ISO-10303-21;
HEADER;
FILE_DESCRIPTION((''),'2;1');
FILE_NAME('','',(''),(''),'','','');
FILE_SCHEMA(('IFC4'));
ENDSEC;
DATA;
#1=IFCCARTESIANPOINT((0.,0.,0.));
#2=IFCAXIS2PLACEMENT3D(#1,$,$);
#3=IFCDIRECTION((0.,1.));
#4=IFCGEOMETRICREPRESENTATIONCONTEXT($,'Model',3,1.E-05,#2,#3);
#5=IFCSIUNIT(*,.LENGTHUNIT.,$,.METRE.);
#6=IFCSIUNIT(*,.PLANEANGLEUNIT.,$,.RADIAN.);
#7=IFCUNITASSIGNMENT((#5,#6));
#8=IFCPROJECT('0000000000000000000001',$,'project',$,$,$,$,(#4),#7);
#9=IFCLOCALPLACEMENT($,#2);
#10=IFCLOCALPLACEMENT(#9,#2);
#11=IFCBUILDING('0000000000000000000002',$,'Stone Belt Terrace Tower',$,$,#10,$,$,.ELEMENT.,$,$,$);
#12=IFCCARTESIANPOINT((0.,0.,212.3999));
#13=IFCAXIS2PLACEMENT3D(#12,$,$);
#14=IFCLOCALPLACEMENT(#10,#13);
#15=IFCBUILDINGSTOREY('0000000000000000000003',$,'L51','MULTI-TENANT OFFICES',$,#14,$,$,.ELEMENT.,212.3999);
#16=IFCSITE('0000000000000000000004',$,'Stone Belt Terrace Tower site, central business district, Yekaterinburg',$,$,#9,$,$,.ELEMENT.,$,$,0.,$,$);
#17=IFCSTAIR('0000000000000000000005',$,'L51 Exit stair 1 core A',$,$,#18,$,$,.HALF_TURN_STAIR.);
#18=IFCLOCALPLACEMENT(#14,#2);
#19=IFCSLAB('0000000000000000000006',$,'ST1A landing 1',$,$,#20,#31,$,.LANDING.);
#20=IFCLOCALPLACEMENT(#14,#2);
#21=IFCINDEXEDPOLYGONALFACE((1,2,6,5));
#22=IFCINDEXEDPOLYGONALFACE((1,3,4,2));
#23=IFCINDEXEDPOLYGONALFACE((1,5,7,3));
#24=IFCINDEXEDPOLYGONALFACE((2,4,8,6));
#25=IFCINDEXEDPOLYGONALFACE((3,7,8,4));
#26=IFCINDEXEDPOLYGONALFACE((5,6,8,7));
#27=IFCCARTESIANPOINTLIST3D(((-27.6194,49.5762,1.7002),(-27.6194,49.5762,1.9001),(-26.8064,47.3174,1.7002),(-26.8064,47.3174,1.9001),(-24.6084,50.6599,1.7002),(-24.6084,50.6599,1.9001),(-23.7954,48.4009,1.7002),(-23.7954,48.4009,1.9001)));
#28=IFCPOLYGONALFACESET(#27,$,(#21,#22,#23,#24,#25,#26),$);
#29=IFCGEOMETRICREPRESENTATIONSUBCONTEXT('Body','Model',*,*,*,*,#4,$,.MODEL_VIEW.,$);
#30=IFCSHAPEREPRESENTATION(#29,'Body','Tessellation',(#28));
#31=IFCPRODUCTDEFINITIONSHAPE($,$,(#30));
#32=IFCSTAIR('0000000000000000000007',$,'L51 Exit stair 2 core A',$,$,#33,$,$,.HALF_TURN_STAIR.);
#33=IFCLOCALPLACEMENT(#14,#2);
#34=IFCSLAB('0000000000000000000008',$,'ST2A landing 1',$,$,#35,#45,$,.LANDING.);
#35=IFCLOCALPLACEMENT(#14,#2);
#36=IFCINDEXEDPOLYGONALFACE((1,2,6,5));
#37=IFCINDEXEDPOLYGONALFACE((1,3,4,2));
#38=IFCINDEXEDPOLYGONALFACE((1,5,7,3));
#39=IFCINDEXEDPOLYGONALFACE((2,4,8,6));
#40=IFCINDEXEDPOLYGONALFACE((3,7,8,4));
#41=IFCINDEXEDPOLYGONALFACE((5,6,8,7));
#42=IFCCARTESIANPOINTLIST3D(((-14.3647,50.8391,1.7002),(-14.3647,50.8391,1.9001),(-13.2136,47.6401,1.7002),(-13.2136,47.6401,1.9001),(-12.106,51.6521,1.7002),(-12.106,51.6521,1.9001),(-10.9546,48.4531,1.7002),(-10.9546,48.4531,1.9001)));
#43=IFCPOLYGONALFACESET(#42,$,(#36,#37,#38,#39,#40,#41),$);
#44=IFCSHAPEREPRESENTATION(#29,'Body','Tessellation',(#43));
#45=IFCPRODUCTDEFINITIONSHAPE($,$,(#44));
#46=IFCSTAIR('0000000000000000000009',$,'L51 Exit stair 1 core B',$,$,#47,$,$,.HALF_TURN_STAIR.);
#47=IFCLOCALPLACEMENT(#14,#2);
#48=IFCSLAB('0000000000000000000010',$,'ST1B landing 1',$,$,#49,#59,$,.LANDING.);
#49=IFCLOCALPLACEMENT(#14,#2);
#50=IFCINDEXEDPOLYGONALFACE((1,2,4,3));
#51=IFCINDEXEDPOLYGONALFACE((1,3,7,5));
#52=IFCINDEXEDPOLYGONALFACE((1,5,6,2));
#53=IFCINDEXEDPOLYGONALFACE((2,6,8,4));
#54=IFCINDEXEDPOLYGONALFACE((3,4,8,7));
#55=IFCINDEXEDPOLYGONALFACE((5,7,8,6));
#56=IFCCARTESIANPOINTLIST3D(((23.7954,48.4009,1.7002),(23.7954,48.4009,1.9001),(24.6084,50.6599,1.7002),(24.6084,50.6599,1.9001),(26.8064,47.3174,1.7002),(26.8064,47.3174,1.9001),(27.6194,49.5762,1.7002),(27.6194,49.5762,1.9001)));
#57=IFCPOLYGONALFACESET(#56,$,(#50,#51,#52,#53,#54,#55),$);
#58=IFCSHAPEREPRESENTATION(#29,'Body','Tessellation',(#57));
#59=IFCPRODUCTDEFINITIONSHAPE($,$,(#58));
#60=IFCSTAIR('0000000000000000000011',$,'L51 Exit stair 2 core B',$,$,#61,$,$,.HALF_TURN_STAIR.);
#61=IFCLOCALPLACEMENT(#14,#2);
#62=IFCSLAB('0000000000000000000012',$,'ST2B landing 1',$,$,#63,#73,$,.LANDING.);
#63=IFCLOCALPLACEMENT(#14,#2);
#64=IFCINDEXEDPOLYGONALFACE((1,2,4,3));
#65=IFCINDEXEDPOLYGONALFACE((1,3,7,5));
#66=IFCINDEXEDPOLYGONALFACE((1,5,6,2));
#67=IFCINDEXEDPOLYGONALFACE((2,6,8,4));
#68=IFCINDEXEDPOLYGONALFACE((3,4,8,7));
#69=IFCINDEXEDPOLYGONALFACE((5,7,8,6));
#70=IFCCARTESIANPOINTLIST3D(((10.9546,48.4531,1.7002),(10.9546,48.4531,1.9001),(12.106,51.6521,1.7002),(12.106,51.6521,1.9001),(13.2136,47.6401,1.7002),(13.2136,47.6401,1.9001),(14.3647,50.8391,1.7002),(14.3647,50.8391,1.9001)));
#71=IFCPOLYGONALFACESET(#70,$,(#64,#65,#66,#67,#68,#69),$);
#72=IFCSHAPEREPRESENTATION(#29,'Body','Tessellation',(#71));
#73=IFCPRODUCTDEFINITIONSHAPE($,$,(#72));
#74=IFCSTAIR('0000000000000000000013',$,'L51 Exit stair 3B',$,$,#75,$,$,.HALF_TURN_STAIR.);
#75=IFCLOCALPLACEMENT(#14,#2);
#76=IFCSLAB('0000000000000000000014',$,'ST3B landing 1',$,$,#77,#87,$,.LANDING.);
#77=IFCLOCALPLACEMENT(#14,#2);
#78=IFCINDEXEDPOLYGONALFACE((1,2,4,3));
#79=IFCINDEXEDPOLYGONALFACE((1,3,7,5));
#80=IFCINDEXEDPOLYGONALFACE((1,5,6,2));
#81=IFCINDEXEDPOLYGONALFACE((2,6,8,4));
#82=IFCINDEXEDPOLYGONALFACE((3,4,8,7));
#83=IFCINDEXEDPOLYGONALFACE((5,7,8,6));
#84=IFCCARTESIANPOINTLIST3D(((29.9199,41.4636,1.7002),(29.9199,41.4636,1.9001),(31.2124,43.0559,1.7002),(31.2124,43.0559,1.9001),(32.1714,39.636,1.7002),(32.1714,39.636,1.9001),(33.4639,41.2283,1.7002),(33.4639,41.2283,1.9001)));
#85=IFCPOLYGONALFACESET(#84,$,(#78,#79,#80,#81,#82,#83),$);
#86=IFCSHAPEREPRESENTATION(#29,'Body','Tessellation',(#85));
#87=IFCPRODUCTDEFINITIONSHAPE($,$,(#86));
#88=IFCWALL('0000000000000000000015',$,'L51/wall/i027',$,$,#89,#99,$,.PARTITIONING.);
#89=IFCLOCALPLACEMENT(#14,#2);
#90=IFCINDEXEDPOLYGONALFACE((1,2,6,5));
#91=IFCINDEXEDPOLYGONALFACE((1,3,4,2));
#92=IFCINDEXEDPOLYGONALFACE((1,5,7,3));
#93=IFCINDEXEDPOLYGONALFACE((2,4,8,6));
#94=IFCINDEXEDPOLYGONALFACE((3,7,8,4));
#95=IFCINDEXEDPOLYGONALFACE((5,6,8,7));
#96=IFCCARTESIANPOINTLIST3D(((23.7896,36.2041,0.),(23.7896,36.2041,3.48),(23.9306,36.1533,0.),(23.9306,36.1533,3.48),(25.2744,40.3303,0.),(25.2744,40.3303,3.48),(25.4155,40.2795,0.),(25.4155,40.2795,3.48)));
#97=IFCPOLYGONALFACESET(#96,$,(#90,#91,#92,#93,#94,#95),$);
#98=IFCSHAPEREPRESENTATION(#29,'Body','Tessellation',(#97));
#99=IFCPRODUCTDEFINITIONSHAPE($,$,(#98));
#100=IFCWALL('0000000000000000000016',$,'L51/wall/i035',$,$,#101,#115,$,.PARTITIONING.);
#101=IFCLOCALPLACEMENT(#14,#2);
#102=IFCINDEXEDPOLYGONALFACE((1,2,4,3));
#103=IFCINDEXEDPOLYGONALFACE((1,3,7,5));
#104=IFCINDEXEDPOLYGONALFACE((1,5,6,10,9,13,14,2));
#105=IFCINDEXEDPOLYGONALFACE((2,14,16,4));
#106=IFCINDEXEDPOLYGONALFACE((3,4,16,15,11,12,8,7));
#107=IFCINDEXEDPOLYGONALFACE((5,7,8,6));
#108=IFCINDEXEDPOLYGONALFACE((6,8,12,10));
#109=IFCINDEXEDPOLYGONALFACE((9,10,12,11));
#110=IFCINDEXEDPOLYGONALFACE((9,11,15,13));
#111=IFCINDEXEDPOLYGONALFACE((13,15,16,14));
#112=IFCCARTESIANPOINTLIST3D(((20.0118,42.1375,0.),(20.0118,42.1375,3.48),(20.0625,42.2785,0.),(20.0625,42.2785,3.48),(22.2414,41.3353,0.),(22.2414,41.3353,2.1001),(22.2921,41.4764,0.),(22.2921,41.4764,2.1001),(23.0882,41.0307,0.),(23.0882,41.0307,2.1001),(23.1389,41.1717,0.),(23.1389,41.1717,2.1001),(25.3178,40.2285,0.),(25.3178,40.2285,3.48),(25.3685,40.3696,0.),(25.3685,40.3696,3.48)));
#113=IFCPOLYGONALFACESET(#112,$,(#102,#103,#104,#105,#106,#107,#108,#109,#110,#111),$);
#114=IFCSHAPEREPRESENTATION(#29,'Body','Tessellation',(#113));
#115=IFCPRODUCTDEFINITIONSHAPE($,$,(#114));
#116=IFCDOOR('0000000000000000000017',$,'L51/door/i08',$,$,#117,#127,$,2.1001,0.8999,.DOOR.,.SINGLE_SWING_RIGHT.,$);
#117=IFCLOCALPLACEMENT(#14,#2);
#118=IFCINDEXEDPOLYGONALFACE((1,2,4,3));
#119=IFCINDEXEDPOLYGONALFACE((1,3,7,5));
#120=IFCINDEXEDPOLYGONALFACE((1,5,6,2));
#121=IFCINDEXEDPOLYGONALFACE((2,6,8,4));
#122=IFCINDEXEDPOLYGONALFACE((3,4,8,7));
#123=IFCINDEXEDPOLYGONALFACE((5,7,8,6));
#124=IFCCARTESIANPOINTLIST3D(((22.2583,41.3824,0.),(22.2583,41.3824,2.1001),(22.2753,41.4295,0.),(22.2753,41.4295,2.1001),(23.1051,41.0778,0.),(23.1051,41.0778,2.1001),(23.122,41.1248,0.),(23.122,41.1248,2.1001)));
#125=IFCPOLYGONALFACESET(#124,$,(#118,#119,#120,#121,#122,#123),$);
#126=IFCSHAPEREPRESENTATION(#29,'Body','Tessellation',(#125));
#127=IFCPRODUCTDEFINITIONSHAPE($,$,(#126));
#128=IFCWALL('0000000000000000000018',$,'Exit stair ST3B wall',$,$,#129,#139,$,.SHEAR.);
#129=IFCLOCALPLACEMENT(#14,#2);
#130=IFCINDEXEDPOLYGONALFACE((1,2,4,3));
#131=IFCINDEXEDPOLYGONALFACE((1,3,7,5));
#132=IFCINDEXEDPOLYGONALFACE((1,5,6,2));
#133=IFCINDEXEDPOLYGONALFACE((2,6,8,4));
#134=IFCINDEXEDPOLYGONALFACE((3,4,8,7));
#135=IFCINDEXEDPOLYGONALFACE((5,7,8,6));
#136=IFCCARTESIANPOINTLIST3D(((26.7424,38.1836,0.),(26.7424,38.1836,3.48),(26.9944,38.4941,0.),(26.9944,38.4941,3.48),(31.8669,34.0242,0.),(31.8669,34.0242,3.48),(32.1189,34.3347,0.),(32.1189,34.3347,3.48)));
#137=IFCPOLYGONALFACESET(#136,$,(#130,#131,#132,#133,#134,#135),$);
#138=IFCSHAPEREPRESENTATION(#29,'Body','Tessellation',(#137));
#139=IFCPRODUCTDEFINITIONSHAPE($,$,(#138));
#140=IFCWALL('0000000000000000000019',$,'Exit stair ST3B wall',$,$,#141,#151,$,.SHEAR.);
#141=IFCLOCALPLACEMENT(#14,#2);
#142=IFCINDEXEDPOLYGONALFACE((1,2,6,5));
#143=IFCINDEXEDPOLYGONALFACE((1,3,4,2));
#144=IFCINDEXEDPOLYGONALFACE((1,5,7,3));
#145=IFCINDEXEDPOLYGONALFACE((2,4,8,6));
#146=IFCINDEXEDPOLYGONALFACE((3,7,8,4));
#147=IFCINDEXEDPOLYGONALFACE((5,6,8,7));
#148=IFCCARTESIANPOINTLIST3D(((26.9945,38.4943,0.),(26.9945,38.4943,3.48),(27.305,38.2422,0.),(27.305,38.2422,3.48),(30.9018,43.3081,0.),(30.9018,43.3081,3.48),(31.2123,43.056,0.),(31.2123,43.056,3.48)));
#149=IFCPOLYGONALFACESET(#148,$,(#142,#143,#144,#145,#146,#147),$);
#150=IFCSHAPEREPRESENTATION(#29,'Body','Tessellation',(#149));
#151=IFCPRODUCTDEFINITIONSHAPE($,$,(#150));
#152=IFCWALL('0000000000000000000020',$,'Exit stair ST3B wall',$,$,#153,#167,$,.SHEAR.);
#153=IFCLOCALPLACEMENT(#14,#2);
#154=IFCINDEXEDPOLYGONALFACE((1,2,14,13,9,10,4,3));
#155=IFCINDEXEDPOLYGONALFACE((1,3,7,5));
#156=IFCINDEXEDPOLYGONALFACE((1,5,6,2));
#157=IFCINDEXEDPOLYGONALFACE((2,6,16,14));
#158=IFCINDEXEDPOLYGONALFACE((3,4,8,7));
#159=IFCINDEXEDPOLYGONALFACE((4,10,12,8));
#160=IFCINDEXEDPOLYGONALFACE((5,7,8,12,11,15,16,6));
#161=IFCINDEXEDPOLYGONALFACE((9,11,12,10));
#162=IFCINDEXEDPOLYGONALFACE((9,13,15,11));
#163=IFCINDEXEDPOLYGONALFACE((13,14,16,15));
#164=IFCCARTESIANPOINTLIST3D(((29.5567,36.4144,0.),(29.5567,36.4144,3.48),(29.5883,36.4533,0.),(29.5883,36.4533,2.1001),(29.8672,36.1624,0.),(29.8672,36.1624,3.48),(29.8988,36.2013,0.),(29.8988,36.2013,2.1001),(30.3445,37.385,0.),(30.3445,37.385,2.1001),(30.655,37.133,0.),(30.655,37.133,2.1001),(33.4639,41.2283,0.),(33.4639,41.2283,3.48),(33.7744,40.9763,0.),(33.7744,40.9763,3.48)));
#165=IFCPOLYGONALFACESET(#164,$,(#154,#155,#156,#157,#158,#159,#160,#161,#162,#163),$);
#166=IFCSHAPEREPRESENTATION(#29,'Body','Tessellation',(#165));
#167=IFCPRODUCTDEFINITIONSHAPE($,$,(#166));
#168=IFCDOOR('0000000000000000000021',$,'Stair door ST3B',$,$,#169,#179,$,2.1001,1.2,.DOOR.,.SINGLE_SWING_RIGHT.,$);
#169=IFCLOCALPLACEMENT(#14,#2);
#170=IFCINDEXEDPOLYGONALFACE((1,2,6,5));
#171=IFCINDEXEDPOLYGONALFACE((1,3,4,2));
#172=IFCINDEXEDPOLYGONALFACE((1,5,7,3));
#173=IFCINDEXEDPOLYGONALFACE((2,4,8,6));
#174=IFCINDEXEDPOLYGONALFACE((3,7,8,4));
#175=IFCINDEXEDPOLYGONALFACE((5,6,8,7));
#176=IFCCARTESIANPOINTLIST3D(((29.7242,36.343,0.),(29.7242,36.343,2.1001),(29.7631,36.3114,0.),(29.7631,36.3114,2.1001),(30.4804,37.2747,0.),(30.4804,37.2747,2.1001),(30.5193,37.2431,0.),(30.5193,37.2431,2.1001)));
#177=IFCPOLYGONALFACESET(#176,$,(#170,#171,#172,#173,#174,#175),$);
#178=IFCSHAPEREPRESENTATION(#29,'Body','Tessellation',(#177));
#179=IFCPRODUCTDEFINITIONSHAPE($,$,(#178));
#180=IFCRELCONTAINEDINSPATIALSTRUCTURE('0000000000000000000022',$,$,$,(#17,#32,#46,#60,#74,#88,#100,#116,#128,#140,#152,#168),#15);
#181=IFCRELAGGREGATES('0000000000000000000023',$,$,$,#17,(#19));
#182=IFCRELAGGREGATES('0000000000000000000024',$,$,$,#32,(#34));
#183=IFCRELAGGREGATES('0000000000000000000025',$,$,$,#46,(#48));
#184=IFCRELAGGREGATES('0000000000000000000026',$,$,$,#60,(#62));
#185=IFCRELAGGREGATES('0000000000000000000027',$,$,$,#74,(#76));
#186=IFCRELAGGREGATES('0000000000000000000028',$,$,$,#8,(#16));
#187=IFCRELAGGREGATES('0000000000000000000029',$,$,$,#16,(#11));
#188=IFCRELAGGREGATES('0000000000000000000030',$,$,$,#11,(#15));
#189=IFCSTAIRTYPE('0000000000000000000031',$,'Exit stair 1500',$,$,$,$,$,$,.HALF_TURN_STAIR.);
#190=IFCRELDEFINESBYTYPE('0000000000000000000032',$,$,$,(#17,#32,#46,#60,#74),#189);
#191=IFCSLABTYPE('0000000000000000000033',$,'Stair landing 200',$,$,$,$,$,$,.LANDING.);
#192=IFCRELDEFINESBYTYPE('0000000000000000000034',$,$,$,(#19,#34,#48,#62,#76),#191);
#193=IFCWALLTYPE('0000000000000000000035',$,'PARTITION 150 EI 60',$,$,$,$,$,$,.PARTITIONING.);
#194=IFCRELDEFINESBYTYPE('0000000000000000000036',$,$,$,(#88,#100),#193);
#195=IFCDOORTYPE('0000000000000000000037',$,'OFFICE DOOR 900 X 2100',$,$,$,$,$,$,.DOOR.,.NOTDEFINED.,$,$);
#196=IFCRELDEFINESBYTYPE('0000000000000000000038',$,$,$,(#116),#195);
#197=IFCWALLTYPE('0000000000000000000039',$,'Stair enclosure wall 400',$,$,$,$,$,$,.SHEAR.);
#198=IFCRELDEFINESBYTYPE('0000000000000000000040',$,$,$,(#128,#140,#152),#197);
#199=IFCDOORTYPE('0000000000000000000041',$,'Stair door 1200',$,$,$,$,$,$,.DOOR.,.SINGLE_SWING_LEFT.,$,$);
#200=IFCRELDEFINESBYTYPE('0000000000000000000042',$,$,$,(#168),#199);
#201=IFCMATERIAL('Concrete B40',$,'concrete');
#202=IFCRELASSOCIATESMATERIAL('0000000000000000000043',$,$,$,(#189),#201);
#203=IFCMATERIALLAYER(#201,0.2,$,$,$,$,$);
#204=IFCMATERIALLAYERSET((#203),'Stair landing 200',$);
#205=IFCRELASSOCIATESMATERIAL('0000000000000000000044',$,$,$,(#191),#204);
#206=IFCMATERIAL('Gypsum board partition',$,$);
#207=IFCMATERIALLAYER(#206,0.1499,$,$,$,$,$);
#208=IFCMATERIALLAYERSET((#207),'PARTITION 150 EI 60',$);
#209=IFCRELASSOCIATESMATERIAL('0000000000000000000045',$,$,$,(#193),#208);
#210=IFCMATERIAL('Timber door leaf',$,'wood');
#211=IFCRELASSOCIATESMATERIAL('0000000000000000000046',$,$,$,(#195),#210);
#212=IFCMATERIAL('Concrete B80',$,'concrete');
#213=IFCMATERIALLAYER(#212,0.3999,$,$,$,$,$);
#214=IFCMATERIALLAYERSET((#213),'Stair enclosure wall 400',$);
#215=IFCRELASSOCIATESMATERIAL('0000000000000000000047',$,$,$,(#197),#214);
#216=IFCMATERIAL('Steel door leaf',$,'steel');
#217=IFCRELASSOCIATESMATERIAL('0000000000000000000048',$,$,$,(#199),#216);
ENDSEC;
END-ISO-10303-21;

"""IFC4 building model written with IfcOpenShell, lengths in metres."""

from ifc_helpers import new_model, si_unit, direction, frame, frame_2d, origin, place, context, subcontext, project, spatial, polyline, rectangle, outline, extrude, material, layer, layer_set, type_object, element, fill, aggregate, save


model = new_model("IFC4")

# Units and contexts
model_context = context("Model", 3, precision=1e-05, world=origin(), true_north=direction((0.0, 1.0)))
body_context = subcontext(model_context, "Body", "Model", "MODEL_VIEW")
ifc_project = project(units=[si_unit("LENGTHUNIT", "METRE"), si_unit("PLANEANGLEUNIT", "RADIAN")], contexts=[model_context])

# Site, building, storey
site_placement = place(None, origin())
site = spatial("IfcSite", under=ifc_project, at=site_placement, Name="Stone Belt Terrace Tower site, central business district, Yekaterinburg", CompositionType="ELEMENT", RefElevation=0.0)
building_placement = place(site_placement, origin())
building = spatial("IfcBuilding", under=site, at=building_placement, Name="Stone Belt Terrace Tower", CompositionType="ELEMENT")
storey_placement = place(building_placement, frame((0.0, 0.0, 212.3999)))
storey = spatial("IfcBuildingStorey", under=building, at=storey_placement, Name="L51", Description="MULTI-TENANT OFFICES", CompositionType="ELEMENT", Elevation=212.3999)

# Shared definitions
ifc_material_1 = material(Name="Concrete B40", Category="concrete")

# Stairs, slabs
stair_type = type_object("IfcStairType", Name="Exit stair 1500", PredefinedType="HALF_TURN_STAIR", material=ifc_material_1)
stair_1_placement = place(storey_placement, origin())
stair_1 = element("IfcStair", 1, at=stair_1_placement, inside=storey, type_object=stair_type, Name="L51 Exit stair 1 core A", PredefinedType="HALF_TURN_STAIR")
ifc_layer_1 = layer(ifc_material_1, 0.2)
ifc_layer_set_1 = layer_set([ifc_layer_1], Name="Stair landing 200")
slab_type_1 = type_object("IfcSlabType", Name="Stair landing 200", PredefinedType="LANDING", material=ifc_layer_set_1)
slab_1_placement = place(storey_placement, frame((0.0, 0.0, 1.7002)))
slab_1 = element("IfcSlab", 2, at=slab_1_placement, type_object=slab_type_1, Name="ST1A landing 1", PredefinedType="LANDING", context=body_context, shape_type="SweptSolid", body=[
    extrude(outline(polyline([(-23.7954, 48.4009), (-24.6084, 50.6599), (-27.6194, 49.5762), (-26.8064, 47.3174), (-23.7954, 48.4009)])), origin(), (0.0, 0.0, 1.0), 0.2),
])
aggregate(stair_1, [slab_1])
stair_2_placement = place(storey_placement, origin())
stair_2 = element("IfcStair", 3, at=stair_2_placement, inside=storey, type_object=stair_type, Name="L51 Exit stair 2 core A", PredefinedType="HALF_TURN_STAIR")
slab_2_placement = place(storey_placement, frame((0.0, 0.0, 1.7002)))
slab_2 = element("IfcSlab", 4, at=slab_2_placement, type_object=slab_type_1, Name="ST2A landing 1", PredefinedType="LANDING", context=body_context, shape_type="SweptSolid", body=[
    extrude(outline(polyline([(-13.2136, 47.6401), (-10.9546, 48.4531), (-12.106, 51.6521), (-14.3647, 50.8391), (-13.2136, 47.6401)])), origin(), (0.0, 0.0, 1.0), 0.2),
])
aggregate(stair_2, [slab_2])
stair_3_placement = place(storey_placement, origin())
stair_3 = element("IfcStair", 5, at=stair_3_placement, inside=storey, type_object=stair_type, Name="L51 Exit stair 1 core B", PredefinedType="HALF_TURN_STAIR")
slab_3_placement = place(storey_placement, frame((0.0, 0.0, 1.7002)))
slab_3 = element("IfcSlab", 6, at=slab_3_placement, type_object=slab_type_1, Name="ST1B landing 1", PredefinedType="LANDING", context=body_context, shape_type="SweptSolid", body=[
    extrude(outline(polyline([(26.8064, 47.3174), (27.6194, 49.5762), (24.6084, 50.6599), (23.7954, 48.4009), (26.8064, 47.3174)])), origin(), (0.0, 0.0, 1.0), 0.2),
])
aggregate(stair_3, [slab_3])
stair_4_placement = place(storey_placement, origin())
stair_4 = element("IfcStair", 7, at=stair_4_placement, inside=storey, type_object=stair_type, Name="L51 Exit stair 2 core B", PredefinedType="HALF_TURN_STAIR")
slab_4_placement = place(storey_placement, frame((0.0, 0.0, 1.7002)))
slab_4 = element("IfcSlab", 8, at=slab_4_placement, type_object=slab_type_1, Name="ST2B landing 1", PredefinedType="LANDING", context=body_context, shape_type="SweptSolid", body=[
    extrude(outline(polyline([(14.3647, 50.8391), (12.106, 51.6521), (10.9546, 48.4531), (13.2136, 47.6401), (14.3647, 50.8391)])), origin(), (0.0, 0.0, 1.0), 0.2),
])
aggregate(stair_4, [slab_4])
stair_5_placement = place(storey_placement, origin())
stair_5 = element("IfcStair", 9, at=stair_5_placement, inside=storey, type_object=stair_type, Name="L51 Exit stair 3B", PredefinedType="HALF_TURN_STAIR")
slab_5_placement = place(storey_placement, frame((0.0, 0.0, 1.7002)))
slab_5 = element("IfcSlab", 10, at=slab_5_placement, type_object=slab_type_1, Name="ST3B landing 1", PredefinedType="LANDING", context=body_context, shape_type="SweptSolid", body=[
    extrude(outline(polyline([(32.1714, 39.636), (33.4639, 41.2283), (31.2124, 43.0559), (29.9199, 41.4636), (32.1714, 39.636)])), origin(), (0.0, 0.0, 1.0), 0.2),
])

# Wall
ifc_material_2 = material(Name="Gypsum board partition")
ifc_layer_2 = layer(ifc_material_2, 0.1499)
ifc_layer_set_2 = layer_set([ifc_layer_2], Name="PARTITION 150 EI 60")
wall_type_1 = type_object("IfcWallType", Name="PARTITION 150 EI 60", PredefinedType="PARTITIONING", material=ifc_layer_set_2)
wall_1_placement = place(storey_placement, frame((23.8601, 36.1787, 0.0), z_axis=(0.0, 0.0, 1.0), x_axis=(0.338603, 0.940929, 0.0)))
element("IfcWall", 11, at=wall_1_placement, inside=storey, type_object=wall_type_1, Name="L51/wall/i027", PredefinedType="PARTITIONING", context=body_context, shape_type="SweptSolid", body=[
    extrude(rectangle(XDim=4.3853, YDim=0.1499, at=frame_2d((2.1926, 0.0))), origin(), (0.0, 0.0, 1.0), 3.48),
])

# Wall, opening, door
wall_2_placement = place(storey_placement, frame((25.343, 40.2991, 0.0), z_axis=(0.0, 0.0, 1.0), x_axis=(-0.940955, 0.338532, 0.0)))
wall_2 = element("IfcWall", 12, at=wall_2_placement, inside=storey, type_object=wall_type_1, Name="L51/wall/i035", PredefinedType="PARTITIONING", context=body_context, shape_type="SweptSolid", body=[
    extrude(rectangle(XDim=5.6389, YDim=0.1499, at=frame_2d((2.8193, 0.0))), origin(), (0.0, 0.0, 1.0), 3.48),
])
opening_1_placement = place(wall_2_placement, frame((2.3694, 0.0, 0.0)))
opening_1 = element("IfcOpeningElement", 13, at=opening_1_placement, cuts=wall_2, PredefinedType="OPENING", context=body_context, shape_type="SweptSolid", body=[
    extrude(rectangle(XDim=0.8999, YDim=2.1001, at=frame_2d((0.45, 1.05))), frame((0.0, 0.085, 0.0), z_axis=(0.0, -1.0, 0.0), x_axis=(1.0, 0.0, 0.0)), (0.0, 0.0, 1.0), 0.1699),
])
ifc_material_3 = material(Name="Timber door leaf", Category="wood")
door_type_1 = type_object("IfcDoorType", Name="OFFICE DOOR 900 X 2100", OperationType="NOTDEFINED", PredefinedType="DOOR", material=ifc_material_3)
door_1_placement = place(opening_1_placement, origin())
door_1 = element("IfcDoor", 14, at=door_1_placement, inside=storey, type_object=door_type_1, Name="L51/door/i08", OperationType="SINGLE_SWING_RIGHT", OverallHeight=2.1001, OverallWidth=0.8999, PredefinedType="DOOR", context=body_context, shape_type="SweptSolid", body=[
    extrude(rectangle(XDim=0.8999, YDim=2.1001, at=frame_2d((0.45, 1.05))), frame((0.0, 0.0249, 0.0), z_axis=(0.0, -1.0, 0.0), x_axis=(1.0, 0.0, 0.0)), (0.0, 0.0, 1.0), 0.05),
])
fill(opening_1, door_1)

# Walls
ifc_material_4 = material(Name="Concrete B80", Category="concrete")
ifc_layer_3 = layer(ifc_material_4, 0.3999)
ifc_layer_set_3 = layer_set([ifc_layer_3], Name="Stair enclosure wall 400")
wall_type_2 = type_object("IfcWallType", Name="Stair enclosure wall 400", PredefinedType="SHEAR", material=ifc_layer_set_3)
wall_3_placement = place(storey_placement, frame((26.8684, 38.3389, 0.0), z_axis=(0.0, 0.0, 1.0), x_axis=(0.776428, -0.630205, 0.0)))
element("IfcWall", 15, at=wall_3_placement, inside=storey, type_object=wall_type_2, Name="Exit stair ST3B wall", PredefinedType="SHEAR", context=body_context, shape_type="SweptSolid", body=[
    extrude(rectangle(XDim=6.6001, YDim=0.3999, at=frame_2d((3.3, 0.0))), origin(), (0.0, 0.0, 1.0), 3.48),
])
wall_4_placement = place(storey_placement, frame((27.1497, 38.3682, 0.0), z_axis=(0.0, 0.0, 1.0), x_axis=(0.630212, 0.776423, 0.0)))
element("IfcWall", 16, at=wall_4_placement, inside=storey, type_object=wall_type_2, Name="Exit stair ST3B wall", PredefinedType="SHEAR", context=body_context, shape_type="SweptSolid", body=[
    extrude(rectangle(XDim=6.2, YDim=0.3999, at=frame_2d((3.1001, 0.0))), origin(), (0.0, 0.0, 1.0), 3.48),
])

# Wall, opening, door
wall_5_placement = place(storey_placement, frame((29.7119, 36.2883, 0.0), z_axis=(0.0, 0.0, 1.0), x_axis=(0.630192, 0.776439, 0.0)))
wall_5 = element("IfcWall", 17, at=wall_5_placement, inside=storey, type_object=wall_type_2, Name="Exit stair ST3B wall", PredefinedType="SHEAR", context=body_context, shape_type="SweptSolid", body=[
    extrude(rectangle(XDim=6.2, YDim=0.3999, at=frame_2d((3.1001, 0.0))), origin(), (0.0, 0.0, 1.0), 3.48),
])
opening_2_placement = place(wall_5_placement, frame((0.05, 0.0, 0.0)))
opening_2 = element("IfcOpeningElement", 18, at=opening_2_placement, cuts=wall_5, PredefinedType="OPENING", context=body_context, shape_type="SweptSolid", body=[
    extrude(rectangle(XDim=1.2, YDim=2.1001, at=frame_2d((0.6001, 1.05))), frame((0.0, 0.21, 0.0), z_axis=(0.0, -1.0, 0.0), x_axis=(1.0, 0.0, 0.0)), (0.0, 0.0, 1.0), 0.4199),
])
ifc_material_5 = material(Name="Steel door leaf", Category="steel")
door_type_2 = type_object("IfcDoorType", Name="Stair door 1200", OperationType="SINGLE_SWING_LEFT", PredefinedType="DOOR", material=ifc_material_5)
door_2_placement = place(opening_2_placement, origin())
door_2 = element("IfcDoor", 19, at=door_2_placement, inside=storey, type_object=door_type_2, Name="Stair door ST3B", OperationType="SINGLE_SWING_RIGHT", OverallHeight=2.1001, OverallWidth=1.2, PredefinedType="DOOR", context=body_context, shape_type="SweptSolid", body=[
    extrude(rectangle(XDim=1.2, YDim=2.1001, at=frame_2d((0.6001, 1.05))), frame((0.0, 0.0249, 0.0), z_axis=(0.0, -1.0, 0.0), x_axis=(1.0, 0.0, 0.0)), (0.0, 0.0, 1.0), 0.05),
])
fill(opening_2, door_2)

aggregate(stair_5, [slab_5])

save(model, "model.ifc")
